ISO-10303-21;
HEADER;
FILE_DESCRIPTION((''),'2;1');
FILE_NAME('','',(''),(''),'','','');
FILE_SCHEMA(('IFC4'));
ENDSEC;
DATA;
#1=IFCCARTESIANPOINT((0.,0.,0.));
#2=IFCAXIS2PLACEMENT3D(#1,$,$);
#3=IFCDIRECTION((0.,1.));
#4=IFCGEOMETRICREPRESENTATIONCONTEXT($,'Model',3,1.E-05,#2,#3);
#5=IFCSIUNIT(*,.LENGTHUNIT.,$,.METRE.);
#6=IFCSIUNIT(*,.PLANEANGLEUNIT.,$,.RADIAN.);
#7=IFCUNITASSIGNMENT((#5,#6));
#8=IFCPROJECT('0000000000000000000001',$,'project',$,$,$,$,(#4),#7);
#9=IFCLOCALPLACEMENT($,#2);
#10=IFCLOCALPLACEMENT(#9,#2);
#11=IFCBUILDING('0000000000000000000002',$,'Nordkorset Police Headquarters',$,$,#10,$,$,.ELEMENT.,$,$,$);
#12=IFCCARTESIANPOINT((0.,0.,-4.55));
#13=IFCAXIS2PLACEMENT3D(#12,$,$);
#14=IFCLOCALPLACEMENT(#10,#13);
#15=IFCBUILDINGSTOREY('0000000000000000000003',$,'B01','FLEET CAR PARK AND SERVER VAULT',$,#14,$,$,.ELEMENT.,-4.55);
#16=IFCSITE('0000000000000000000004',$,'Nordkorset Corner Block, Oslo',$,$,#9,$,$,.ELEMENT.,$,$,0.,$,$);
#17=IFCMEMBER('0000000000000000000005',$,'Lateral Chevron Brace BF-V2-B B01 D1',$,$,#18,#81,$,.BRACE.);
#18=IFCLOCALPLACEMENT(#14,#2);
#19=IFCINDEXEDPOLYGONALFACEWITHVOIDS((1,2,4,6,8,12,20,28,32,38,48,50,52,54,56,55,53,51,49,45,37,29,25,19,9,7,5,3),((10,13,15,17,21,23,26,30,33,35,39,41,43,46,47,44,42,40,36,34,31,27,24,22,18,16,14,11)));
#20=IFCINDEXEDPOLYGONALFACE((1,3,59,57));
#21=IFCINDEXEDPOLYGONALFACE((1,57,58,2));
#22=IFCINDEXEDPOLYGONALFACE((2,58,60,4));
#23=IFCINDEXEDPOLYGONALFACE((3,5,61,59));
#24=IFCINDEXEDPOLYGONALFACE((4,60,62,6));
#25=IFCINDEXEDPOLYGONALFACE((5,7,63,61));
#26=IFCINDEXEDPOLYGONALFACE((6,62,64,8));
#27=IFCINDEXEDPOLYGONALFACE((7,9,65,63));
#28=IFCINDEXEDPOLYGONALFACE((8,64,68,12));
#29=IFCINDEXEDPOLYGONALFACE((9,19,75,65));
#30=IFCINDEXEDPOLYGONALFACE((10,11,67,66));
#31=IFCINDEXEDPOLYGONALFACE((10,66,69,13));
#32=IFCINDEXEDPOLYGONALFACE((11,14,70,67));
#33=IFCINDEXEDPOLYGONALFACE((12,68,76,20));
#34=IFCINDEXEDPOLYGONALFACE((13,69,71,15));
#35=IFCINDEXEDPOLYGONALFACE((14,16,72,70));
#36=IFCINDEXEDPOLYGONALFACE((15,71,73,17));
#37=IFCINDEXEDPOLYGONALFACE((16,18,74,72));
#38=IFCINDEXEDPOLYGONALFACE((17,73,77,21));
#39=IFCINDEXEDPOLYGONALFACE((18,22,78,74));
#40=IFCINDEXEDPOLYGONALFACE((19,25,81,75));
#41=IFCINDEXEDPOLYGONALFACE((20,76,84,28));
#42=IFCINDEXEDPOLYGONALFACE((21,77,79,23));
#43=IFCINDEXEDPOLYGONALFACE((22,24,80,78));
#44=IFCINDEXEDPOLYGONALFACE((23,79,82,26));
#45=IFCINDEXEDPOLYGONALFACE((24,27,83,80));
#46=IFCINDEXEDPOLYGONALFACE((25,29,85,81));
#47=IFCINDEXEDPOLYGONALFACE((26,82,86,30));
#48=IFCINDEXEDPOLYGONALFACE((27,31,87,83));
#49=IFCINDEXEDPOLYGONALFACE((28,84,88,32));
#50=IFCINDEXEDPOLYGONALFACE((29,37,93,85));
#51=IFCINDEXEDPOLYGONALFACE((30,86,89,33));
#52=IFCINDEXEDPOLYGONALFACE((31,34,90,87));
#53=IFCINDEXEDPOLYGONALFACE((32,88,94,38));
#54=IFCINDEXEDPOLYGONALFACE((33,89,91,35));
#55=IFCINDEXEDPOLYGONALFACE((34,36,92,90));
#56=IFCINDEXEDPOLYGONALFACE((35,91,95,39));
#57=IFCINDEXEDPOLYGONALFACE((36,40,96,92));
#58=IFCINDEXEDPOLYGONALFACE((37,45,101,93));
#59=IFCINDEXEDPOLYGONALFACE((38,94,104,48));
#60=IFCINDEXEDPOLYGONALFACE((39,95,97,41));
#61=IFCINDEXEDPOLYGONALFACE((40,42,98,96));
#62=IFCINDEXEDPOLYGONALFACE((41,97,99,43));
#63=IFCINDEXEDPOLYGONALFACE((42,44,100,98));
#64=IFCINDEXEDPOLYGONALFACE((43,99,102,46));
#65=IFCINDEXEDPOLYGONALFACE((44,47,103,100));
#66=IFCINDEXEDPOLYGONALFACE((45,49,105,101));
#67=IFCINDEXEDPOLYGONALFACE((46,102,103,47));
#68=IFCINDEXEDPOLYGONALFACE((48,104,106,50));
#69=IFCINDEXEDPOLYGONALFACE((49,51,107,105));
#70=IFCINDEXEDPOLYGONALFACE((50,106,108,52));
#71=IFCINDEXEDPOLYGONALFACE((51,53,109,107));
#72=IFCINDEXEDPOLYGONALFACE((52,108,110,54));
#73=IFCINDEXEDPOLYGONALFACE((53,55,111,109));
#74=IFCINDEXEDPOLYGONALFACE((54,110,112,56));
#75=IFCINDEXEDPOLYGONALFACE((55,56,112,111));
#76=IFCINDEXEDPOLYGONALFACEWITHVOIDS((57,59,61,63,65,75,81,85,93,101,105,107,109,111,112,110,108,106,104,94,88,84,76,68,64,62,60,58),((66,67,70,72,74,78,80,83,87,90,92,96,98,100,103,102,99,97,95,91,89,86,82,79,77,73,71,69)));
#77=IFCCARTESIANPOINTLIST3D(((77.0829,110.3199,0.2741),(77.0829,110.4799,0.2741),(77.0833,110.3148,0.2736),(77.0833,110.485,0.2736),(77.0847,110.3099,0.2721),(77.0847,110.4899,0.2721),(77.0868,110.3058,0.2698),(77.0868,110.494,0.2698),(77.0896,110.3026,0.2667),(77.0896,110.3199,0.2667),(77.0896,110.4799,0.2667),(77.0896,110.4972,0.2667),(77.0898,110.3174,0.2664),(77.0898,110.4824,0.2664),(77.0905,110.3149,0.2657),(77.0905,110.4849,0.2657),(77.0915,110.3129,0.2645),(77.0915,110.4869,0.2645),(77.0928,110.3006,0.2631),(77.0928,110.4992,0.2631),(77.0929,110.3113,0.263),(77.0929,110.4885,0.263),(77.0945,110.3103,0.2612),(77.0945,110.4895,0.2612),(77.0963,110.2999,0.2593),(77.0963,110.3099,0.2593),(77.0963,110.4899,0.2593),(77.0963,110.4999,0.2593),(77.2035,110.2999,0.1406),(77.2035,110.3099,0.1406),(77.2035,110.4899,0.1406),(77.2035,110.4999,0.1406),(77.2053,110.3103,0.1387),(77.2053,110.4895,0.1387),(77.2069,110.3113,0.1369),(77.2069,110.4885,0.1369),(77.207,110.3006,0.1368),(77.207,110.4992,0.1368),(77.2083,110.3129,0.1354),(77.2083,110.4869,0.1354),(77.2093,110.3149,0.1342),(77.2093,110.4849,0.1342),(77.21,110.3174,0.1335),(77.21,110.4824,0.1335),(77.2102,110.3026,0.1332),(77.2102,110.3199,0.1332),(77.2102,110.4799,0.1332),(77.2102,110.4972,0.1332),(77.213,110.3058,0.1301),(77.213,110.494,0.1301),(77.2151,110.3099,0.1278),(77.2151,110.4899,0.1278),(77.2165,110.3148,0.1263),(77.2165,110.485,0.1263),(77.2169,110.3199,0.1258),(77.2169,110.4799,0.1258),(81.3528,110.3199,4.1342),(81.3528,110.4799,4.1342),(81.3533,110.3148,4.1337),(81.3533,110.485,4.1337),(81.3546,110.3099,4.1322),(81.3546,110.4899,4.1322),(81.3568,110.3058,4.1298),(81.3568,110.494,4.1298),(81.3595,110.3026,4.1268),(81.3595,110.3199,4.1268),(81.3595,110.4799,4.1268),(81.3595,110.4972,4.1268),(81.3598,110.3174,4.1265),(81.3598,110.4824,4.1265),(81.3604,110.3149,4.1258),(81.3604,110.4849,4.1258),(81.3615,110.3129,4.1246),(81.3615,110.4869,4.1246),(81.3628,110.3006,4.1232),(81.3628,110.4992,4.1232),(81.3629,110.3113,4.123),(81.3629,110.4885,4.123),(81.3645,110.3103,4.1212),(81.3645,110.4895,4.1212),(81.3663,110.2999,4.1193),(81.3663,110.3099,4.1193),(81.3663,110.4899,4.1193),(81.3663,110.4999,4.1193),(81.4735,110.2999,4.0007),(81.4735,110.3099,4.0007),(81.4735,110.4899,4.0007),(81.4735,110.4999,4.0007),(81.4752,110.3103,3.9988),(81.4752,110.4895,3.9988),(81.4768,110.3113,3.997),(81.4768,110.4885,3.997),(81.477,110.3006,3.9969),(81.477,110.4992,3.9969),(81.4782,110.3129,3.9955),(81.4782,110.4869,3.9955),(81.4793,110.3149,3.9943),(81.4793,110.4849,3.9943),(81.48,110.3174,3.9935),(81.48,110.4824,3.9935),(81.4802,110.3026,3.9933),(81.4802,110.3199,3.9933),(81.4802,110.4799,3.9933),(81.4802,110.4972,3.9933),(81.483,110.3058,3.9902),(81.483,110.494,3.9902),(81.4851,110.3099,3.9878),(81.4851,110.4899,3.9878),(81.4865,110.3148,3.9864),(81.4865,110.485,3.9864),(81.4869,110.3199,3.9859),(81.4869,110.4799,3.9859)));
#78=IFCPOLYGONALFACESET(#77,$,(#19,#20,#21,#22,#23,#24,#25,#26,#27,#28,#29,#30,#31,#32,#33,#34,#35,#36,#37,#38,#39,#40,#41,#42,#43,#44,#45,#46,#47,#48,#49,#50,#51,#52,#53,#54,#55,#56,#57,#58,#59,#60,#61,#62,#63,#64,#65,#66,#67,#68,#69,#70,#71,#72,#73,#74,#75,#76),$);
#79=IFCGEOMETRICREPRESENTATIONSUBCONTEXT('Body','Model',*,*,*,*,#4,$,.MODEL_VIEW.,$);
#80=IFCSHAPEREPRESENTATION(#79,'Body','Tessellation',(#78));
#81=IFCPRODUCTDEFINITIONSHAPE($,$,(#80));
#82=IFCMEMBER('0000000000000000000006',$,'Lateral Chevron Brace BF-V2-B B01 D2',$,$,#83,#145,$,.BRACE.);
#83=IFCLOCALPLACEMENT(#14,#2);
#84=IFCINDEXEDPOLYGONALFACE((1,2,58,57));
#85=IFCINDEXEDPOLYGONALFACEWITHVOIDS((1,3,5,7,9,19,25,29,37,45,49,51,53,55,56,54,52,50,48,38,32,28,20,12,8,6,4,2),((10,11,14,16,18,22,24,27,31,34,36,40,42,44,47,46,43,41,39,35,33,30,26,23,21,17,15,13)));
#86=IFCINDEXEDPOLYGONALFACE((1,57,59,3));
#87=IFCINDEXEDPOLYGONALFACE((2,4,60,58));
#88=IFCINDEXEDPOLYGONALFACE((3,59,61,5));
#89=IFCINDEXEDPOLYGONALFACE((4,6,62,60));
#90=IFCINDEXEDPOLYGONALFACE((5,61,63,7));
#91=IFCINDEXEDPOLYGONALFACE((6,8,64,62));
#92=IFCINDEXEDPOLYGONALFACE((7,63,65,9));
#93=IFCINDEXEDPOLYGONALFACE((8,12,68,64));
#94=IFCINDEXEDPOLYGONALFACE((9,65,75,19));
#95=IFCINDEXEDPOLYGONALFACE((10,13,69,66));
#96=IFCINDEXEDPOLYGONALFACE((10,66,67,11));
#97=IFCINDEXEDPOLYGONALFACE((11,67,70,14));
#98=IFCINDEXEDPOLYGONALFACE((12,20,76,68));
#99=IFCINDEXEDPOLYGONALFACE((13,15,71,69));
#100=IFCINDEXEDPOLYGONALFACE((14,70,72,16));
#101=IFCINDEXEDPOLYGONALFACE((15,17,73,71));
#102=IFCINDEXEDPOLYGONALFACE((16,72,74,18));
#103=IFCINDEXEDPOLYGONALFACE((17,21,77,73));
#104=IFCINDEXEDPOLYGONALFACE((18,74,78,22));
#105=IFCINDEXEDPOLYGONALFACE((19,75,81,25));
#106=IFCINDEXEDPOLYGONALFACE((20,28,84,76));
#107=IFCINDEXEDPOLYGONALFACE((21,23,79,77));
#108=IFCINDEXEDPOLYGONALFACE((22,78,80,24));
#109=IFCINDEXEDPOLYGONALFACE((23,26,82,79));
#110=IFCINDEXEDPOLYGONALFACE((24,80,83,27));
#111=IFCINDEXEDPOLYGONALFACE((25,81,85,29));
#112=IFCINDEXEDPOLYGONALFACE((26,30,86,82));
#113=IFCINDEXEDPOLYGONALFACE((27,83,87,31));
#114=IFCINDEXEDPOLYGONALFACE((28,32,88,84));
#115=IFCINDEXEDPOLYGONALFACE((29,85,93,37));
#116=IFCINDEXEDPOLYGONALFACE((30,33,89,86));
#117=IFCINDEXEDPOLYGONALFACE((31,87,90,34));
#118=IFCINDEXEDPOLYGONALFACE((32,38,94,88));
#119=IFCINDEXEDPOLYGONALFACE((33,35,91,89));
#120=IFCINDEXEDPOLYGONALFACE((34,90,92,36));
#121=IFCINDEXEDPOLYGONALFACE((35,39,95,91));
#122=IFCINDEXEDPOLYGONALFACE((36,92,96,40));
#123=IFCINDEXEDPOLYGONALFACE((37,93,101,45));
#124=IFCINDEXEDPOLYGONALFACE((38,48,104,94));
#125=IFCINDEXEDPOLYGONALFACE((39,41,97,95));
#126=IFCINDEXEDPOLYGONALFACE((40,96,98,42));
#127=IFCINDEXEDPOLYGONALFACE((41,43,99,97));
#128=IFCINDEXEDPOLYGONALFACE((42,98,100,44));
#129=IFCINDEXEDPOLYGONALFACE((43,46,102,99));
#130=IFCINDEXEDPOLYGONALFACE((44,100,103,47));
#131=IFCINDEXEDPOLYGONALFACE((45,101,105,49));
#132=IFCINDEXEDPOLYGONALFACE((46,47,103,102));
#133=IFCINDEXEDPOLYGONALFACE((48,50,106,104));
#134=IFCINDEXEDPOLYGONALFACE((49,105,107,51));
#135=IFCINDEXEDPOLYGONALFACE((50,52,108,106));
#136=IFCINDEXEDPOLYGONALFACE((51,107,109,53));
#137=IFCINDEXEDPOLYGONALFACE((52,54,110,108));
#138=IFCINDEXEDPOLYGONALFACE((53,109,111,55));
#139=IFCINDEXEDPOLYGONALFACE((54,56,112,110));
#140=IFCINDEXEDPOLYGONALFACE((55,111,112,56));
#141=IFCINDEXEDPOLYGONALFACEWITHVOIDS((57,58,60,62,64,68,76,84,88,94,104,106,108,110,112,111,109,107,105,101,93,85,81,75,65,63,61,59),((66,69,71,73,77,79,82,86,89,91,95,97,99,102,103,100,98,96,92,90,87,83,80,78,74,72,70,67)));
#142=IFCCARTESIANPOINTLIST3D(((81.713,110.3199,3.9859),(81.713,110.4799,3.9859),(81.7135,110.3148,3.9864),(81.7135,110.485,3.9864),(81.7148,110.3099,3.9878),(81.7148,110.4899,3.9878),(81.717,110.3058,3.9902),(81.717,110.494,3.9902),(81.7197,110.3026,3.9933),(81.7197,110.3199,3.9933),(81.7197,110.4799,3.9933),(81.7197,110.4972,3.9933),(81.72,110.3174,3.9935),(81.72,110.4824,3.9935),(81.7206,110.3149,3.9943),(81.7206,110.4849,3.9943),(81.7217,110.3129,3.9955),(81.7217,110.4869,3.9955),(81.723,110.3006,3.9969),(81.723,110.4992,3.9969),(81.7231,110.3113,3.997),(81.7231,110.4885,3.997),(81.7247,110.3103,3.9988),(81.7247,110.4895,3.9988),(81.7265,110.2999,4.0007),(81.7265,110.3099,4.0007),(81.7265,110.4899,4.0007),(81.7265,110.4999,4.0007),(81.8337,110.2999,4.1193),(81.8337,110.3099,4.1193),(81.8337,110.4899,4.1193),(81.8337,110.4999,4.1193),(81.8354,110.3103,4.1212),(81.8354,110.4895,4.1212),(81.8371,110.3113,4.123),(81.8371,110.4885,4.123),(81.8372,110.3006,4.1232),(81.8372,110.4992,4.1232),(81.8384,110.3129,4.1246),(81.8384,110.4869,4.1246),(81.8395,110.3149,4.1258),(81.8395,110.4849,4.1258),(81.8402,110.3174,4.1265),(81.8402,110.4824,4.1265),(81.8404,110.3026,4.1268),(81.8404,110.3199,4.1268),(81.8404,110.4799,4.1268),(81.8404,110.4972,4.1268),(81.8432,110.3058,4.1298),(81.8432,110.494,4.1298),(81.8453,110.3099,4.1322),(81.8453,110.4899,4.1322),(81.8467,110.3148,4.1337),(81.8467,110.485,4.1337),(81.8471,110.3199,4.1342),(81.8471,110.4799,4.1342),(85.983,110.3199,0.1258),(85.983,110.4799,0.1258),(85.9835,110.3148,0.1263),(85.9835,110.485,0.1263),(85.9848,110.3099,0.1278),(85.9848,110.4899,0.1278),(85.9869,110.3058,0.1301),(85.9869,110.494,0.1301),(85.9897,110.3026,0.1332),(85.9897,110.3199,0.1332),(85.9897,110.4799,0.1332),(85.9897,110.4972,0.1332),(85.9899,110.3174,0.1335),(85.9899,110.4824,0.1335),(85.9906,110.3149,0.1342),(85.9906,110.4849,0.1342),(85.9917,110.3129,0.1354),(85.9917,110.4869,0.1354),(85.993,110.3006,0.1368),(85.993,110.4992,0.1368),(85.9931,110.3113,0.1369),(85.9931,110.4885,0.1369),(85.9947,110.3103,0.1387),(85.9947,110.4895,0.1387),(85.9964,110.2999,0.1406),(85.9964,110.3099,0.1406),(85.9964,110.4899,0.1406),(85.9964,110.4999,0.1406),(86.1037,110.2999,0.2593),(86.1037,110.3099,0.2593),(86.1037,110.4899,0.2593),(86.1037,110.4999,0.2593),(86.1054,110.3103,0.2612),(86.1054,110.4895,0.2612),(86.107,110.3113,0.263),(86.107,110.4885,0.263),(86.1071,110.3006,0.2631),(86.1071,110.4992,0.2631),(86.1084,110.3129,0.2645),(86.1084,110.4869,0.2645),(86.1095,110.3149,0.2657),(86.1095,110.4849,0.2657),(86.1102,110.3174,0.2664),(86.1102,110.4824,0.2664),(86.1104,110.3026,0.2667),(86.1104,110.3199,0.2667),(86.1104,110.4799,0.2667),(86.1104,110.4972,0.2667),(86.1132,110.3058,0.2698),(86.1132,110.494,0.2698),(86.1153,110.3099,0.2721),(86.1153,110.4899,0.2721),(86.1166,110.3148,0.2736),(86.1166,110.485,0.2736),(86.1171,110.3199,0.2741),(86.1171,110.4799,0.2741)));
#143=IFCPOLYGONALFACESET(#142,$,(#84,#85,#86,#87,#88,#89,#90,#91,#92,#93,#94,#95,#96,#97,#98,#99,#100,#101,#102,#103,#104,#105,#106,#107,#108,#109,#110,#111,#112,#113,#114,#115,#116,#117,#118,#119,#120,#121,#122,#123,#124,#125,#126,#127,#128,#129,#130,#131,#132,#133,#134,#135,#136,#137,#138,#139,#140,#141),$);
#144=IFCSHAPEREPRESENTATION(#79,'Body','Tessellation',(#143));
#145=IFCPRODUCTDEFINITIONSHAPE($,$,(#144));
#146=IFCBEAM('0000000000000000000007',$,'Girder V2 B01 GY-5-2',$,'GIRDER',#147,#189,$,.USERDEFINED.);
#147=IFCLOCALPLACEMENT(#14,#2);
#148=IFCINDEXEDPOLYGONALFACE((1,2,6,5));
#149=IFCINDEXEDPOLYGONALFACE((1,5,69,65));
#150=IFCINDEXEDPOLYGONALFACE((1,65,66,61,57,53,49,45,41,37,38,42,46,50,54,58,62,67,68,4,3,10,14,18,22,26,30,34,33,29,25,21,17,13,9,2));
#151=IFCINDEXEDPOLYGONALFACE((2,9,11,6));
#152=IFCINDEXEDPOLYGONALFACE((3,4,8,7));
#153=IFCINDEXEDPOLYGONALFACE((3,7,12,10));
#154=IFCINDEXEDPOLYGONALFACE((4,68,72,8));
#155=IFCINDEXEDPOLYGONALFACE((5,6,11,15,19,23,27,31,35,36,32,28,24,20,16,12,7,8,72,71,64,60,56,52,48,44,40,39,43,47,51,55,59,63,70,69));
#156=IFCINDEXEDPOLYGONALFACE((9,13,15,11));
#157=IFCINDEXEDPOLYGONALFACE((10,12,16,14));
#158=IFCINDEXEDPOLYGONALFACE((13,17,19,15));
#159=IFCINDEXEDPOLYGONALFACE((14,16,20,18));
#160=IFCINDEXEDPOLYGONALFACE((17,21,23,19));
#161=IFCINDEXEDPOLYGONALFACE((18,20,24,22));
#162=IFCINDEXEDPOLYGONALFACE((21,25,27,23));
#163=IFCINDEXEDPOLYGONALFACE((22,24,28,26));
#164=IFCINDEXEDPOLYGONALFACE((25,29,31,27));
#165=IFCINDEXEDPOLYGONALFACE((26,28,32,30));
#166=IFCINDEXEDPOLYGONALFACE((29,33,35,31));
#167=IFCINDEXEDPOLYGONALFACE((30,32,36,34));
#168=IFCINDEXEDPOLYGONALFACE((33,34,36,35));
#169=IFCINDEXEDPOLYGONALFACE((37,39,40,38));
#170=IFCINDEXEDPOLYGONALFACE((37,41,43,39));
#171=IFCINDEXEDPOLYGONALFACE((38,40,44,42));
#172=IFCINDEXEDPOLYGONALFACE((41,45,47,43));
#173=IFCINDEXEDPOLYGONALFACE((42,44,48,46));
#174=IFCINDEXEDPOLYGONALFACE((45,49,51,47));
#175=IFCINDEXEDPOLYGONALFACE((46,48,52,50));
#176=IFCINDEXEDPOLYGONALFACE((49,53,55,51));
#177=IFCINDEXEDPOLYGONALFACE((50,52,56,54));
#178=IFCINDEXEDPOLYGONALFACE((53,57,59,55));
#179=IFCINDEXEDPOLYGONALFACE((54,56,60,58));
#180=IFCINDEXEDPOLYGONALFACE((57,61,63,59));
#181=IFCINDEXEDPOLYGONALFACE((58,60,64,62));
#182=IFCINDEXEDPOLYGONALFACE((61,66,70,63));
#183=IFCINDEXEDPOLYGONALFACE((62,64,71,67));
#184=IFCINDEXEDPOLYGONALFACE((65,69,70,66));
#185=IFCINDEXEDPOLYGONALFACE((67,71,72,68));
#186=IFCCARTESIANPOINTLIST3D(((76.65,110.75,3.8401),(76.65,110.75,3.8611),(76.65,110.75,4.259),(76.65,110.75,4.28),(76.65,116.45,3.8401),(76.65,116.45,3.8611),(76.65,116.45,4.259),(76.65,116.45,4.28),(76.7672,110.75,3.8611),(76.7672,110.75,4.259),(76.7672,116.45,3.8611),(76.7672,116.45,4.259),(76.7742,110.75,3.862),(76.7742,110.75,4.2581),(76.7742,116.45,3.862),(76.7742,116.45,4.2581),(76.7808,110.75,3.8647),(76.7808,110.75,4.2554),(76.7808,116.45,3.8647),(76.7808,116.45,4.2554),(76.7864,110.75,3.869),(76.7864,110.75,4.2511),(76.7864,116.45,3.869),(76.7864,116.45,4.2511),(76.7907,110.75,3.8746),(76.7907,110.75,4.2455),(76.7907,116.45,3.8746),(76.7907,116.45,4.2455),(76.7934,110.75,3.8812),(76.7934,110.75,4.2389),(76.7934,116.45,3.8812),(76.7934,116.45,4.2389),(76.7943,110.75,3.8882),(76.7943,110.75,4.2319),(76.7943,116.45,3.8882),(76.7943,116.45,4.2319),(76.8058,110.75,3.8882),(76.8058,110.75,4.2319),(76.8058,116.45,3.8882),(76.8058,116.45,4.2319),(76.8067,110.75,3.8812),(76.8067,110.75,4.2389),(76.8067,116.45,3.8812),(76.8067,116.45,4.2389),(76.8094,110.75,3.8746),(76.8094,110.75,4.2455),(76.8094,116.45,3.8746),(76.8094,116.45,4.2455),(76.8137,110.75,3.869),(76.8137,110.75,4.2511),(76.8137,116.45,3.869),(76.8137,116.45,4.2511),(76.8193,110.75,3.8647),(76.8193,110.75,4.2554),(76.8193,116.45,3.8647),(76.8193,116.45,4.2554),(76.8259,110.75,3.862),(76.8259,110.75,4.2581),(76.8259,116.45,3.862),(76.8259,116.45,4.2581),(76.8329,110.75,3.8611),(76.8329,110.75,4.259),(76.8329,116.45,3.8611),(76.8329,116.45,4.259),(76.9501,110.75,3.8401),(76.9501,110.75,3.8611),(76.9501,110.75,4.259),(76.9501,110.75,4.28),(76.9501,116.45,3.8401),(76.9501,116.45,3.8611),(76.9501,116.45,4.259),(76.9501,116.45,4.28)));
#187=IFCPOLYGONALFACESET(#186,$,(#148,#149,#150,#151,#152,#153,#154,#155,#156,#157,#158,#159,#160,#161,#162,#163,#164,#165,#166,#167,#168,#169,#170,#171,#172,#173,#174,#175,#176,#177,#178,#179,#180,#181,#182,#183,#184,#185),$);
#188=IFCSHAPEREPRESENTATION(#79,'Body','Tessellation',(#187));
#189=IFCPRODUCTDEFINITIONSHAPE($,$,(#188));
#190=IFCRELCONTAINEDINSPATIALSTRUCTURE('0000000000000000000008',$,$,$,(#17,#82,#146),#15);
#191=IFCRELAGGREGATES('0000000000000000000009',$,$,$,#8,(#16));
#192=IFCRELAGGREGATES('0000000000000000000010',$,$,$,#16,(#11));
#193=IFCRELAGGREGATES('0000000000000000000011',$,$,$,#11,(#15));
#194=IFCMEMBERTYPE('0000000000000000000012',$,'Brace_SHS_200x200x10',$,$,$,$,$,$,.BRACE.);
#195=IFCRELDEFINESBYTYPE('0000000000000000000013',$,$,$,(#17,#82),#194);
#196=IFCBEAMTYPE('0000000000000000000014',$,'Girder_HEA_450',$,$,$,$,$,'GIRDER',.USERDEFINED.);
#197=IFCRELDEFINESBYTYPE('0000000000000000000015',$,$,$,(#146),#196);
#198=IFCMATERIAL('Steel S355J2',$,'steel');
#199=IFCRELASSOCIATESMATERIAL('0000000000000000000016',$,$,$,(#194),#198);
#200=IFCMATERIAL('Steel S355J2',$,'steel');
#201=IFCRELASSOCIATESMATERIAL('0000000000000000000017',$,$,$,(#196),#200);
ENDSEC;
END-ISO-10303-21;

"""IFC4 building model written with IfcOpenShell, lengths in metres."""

from ifc_helpers import new_model, si_unit, direction, frame, origin, origin_2d, place, context, subcontext, project, spatial, hollow_rectangle, i_section, extrude, material, material_profile, profile_set, type_object, element, save


model = new_model("IFC4")

# Units and contexts
model_context = context("Model", 3, precision=1e-05, world=origin(), true_north=direction((0.0, 1.0)))
body_context = subcontext(model_context, "Body", "Model", "MODEL_VIEW")
ifc_project = project(units=[si_unit("LENGTHUNIT", "METRE"), si_unit("PLANEANGLEUNIT", "RADIAN")], contexts=[model_context])

# Site, building, storey
site_placement = place(None, origin())
site = spatial("IfcSite", under=ifc_project, at=site_placement, Name="Nordkorset Corner Block, Oslo", CompositionType="ELEMENT", RefElevation=0.0)
building_placement = place(site_placement, origin())
building = spatial("IfcBuilding", under=site, at=building_placement, Name="Nordkorset Police Headquarters", CompositionType="ELEMENT")
storey_placement = place(building_placement, frame((0.0, 0.0, -4.55)))
storey = spatial("IfcBuildingStorey", under=building, at=storey_placement, Name="B01", Description="FLEET CAR PARK AND SERVER VAULT", CompositionType="ELEMENT", Elevation=-4.55)

# Members
ifc_material_1 = material(Name="Steel S355J2", Category="steel")
ifc_material_profile_1 = material_profile(ifc_material_1, hollow_rectangle(XDim=0.2, YDim=0.2, WallThickness=0.01, InnerFilletRadius=0.01, OuterFilletRadius=0.02, at=origin_2d()), Name="SHS 200x200x10")
ifc_profile_set_1 = profile_set([ifc_material_profile_1], Name="Steel S355J2")
member_type = type_object("IfcMemberType", Name="Brace_SHS_200x200x10", PredefinedType="BRACE", material=ifc_profile_set_1)
for number, where, z_axis, x_axis, name in (
    (1, (77.1499, 110.3999, 0.2), (0.741816, 0.0, 0.670603), (0.0, 1.0, 0.0), "Lateral Chevron Brace BF-V2-B B01 D1"),
    (2, (86.05, 110.3999, 0.2), (-0.741816, 0.0, 0.670603), (0.0, -1.0, 0.0), "Lateral Chevron Brace BF-V2-B B01 D2"),
):
    element("IfcMember", number, at=place(storey_placement, frame(where, z_axis=z_axis, x_axis=x_axis)), inside=storey, type_object=member_type, Name=name, PredefinedType="BRACE", context=body_context, shape_type="SweptSolid", body=[
        extrude(hollow_rectangle(XDim=0.2, YDim=0.2, WallThickness=0.01, InnerFilletRadius=0.01, OuterFilletRadius=0.02, at=origin_2d()), origin(), (0.0, 0.0, 1.0), 5.7561),
    ])

# Beam
ifc_material_2 = material(Name="Steel S355J2", Category="steel")
ifc_material_profile_2 = material_profile(ifc_material_2, i_section(OverallWidth=0.3, OverallDepth=0.4399, WebThickness=0.0115, FlangeThickness=0.021, FilletRadius=0.0271, at=origin_2d()), Name="HEA 450")
ifc_profile_set_2 = profile_set([ifc_material_profile_2], Name="Steel S355J2")
beam_type_1 = type_object("IfcBeamType", Name="Girder_HEA_450", ElementType="GIRDER", PredefinedType="USERDEFINED", material=ifc_profile_set_2)
for number, where, z_axis, x_axis, name in (
    (3, (76.8, 110.75, 4.0601), (0.0, 1.0, 0.0), (-1.0, 0.0, 0.0), "Girder V2 B01 GY-5-2"),
):
    element("IfcBeam", number, at=place(storey_placement, frame(where, z_axis=z_axis, x_axis=x_axis)), inside=storey, type_object=beam_type_1, Name=name, ObjectType="GIRDER", PredefinedType="USERDEFINED", context=body_context, shape_type="SweptSolid", body=[
        extrude(i_section(OverallWidth=0.3, OverallDepth=0.4399, WebThickness=0.0115, FlangeThickness=0.021, FilletRadius=0.0271, at=origin_2d()), origin(), (0.0, 0.0, 1.0), 5.7),
    ])

save(model, "model.ifc")
